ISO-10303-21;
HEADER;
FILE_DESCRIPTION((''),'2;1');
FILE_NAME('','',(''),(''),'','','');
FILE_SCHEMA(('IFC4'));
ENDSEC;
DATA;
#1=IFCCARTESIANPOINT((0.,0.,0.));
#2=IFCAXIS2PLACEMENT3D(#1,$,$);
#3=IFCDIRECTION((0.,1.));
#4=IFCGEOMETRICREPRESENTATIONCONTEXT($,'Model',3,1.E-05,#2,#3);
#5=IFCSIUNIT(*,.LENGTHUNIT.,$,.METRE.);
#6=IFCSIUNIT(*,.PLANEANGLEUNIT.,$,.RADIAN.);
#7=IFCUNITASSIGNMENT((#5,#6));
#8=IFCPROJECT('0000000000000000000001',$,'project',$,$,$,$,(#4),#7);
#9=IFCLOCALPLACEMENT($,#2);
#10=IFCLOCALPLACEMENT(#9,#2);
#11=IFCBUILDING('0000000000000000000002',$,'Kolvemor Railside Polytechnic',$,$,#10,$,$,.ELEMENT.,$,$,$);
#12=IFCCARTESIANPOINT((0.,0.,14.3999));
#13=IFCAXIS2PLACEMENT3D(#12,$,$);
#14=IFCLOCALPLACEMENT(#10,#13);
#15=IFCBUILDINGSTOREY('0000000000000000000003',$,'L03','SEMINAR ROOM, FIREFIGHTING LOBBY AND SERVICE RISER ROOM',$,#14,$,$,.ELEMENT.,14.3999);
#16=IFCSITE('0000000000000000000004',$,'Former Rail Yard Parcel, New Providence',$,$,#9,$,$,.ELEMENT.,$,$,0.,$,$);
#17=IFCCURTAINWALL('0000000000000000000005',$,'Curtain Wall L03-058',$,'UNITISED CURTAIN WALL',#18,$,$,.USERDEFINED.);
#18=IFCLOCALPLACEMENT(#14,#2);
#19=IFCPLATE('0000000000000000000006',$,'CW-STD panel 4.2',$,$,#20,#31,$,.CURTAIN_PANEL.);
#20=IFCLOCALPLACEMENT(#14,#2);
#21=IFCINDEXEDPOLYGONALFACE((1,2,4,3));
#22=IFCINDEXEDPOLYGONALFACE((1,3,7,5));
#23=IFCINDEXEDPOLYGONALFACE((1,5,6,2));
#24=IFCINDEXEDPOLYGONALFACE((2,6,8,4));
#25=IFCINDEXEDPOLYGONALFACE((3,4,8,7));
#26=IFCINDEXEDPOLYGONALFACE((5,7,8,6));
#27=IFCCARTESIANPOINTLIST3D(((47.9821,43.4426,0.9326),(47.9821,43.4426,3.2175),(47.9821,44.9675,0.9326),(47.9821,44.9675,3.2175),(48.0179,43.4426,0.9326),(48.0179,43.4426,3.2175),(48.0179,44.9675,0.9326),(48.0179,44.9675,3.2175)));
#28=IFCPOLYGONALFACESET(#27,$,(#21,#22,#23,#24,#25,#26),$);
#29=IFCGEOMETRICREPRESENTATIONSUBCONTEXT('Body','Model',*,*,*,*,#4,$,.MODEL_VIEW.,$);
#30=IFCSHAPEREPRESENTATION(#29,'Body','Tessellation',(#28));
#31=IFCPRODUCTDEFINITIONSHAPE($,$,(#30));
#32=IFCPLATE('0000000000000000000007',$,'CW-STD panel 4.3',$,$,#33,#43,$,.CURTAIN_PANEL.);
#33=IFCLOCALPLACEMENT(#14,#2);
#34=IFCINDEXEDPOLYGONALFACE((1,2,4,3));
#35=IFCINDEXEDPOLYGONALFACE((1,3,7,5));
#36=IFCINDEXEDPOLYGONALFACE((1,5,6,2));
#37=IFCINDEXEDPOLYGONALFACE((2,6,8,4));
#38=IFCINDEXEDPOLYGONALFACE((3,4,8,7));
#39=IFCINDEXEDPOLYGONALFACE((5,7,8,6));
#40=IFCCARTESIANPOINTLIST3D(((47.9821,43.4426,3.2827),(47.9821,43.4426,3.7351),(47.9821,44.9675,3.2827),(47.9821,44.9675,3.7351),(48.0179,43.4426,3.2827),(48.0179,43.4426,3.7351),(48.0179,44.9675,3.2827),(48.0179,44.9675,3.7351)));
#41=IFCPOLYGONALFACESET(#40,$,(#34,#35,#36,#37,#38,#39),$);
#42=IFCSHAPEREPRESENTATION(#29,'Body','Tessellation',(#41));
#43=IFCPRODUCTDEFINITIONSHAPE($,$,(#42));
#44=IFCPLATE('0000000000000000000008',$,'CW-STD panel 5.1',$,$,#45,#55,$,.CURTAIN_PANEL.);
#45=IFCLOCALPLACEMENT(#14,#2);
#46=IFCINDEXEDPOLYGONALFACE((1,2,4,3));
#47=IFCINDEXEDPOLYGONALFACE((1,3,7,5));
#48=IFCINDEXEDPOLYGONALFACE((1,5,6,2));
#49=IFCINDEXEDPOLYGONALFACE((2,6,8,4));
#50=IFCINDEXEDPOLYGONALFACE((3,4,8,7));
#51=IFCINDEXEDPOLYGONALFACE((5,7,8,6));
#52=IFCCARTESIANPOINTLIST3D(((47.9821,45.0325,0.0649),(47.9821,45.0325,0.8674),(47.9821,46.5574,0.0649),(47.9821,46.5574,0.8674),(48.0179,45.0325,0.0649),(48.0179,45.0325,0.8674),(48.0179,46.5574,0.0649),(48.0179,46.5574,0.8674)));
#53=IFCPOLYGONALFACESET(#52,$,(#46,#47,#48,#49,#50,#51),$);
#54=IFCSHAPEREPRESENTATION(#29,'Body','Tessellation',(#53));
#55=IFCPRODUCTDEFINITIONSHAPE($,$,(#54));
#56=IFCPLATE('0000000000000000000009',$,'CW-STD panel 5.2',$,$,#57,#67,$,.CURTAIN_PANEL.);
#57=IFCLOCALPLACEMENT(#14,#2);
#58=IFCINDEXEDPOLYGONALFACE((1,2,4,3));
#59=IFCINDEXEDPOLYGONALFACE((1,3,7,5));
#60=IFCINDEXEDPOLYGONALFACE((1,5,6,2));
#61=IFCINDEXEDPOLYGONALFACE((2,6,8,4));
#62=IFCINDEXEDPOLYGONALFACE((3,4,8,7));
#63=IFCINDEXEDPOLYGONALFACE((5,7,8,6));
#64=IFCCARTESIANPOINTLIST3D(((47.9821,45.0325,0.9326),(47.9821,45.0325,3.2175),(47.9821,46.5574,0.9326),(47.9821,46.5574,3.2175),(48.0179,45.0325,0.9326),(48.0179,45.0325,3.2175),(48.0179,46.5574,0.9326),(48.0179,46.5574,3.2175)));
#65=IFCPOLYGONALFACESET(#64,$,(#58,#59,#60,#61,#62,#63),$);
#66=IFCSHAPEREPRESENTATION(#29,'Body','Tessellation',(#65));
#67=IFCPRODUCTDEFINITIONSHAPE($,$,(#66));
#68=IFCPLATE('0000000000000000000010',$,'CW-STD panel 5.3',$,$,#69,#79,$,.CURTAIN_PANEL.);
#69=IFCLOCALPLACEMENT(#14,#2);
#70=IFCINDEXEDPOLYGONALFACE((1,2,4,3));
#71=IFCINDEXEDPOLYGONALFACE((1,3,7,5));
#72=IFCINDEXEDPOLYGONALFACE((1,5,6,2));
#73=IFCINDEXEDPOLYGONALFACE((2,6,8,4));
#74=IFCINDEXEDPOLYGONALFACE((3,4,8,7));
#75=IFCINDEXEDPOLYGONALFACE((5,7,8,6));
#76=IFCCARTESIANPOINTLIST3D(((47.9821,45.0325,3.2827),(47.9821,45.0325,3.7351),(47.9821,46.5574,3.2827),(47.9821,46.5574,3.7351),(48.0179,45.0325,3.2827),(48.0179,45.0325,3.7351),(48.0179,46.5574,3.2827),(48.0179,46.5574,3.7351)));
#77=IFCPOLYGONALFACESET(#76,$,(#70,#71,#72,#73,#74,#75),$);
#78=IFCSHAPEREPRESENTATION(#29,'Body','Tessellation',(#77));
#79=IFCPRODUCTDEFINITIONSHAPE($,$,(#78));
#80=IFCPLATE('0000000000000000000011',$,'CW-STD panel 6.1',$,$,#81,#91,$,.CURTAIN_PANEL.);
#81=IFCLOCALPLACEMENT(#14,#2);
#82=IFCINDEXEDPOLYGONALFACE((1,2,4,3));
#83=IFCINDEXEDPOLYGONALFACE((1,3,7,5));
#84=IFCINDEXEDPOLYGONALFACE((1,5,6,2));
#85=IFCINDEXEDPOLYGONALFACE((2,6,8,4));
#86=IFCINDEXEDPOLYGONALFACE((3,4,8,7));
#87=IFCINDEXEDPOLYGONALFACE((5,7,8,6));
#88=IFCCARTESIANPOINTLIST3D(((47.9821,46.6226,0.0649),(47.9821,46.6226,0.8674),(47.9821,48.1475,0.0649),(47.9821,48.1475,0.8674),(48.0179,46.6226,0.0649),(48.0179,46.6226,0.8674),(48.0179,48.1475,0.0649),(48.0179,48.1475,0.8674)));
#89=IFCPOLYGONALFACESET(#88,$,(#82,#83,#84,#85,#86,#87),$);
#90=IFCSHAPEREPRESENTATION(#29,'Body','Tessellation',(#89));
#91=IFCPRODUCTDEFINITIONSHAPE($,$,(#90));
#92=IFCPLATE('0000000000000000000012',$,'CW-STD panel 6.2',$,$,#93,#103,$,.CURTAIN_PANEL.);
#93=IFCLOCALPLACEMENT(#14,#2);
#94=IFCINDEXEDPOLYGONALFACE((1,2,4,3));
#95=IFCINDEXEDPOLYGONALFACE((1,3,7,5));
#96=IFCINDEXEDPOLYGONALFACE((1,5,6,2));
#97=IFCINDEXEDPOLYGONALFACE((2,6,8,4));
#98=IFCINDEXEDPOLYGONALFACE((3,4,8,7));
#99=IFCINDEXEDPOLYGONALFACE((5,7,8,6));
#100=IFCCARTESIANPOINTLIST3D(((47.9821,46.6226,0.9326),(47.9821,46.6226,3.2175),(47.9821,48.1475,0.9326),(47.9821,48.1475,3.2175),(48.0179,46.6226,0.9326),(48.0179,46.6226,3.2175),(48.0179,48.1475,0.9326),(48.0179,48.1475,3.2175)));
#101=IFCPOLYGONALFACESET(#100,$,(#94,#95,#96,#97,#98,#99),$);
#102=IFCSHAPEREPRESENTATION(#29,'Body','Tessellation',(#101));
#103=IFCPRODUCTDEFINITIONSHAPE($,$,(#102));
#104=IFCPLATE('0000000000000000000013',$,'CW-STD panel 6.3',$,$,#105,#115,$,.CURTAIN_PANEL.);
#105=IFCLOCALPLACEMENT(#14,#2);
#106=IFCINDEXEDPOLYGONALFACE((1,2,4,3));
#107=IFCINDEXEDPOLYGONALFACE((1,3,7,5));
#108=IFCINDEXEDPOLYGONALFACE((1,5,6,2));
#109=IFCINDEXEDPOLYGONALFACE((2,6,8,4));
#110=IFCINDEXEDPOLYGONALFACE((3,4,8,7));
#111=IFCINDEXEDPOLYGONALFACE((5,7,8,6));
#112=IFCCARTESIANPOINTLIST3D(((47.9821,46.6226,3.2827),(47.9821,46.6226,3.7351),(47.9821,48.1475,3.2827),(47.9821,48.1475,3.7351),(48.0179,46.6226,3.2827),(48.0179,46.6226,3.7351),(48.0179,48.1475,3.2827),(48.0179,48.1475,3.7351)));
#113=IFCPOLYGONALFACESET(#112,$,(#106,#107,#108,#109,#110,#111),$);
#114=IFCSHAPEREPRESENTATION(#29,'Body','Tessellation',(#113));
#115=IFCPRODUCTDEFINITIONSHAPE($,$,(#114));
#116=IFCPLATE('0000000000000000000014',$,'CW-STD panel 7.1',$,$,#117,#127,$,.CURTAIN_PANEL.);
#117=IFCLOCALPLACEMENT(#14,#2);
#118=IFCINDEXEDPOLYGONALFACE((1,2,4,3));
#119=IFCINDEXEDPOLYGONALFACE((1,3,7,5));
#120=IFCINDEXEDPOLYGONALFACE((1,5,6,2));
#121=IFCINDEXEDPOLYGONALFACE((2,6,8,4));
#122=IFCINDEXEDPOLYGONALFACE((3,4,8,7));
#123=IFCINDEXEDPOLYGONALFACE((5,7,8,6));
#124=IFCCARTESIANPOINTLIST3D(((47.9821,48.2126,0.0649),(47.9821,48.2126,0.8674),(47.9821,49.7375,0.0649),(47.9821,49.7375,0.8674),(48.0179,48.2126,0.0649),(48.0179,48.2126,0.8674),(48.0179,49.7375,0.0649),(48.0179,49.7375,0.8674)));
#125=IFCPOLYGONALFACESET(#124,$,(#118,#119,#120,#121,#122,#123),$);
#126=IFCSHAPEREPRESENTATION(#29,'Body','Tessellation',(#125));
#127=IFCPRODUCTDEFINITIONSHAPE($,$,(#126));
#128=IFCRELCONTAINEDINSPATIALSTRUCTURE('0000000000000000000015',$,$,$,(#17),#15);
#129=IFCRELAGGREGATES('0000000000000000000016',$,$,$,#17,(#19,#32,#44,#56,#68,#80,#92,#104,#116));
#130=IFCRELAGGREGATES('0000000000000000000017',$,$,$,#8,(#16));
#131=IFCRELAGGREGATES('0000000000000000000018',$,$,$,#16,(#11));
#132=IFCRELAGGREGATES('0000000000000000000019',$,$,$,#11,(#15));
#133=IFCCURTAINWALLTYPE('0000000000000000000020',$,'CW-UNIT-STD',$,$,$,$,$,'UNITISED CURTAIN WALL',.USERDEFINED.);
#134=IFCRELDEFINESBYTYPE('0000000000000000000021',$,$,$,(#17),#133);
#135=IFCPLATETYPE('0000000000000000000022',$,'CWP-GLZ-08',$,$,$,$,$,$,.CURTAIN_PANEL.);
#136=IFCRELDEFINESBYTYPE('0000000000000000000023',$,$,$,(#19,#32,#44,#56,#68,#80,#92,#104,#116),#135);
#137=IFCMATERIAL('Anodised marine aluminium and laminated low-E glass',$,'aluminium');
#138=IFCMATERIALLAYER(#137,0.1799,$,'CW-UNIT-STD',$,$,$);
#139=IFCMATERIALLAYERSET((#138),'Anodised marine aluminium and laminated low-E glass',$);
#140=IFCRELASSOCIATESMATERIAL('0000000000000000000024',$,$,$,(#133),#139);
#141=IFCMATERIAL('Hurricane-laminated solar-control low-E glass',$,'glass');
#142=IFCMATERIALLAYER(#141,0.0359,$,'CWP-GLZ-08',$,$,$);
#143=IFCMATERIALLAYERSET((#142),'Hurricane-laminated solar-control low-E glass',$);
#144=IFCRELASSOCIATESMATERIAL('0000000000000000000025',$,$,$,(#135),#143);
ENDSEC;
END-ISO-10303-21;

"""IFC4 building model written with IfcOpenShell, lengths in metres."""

from ifc_helpers import new_model, si_unit, direction, frame, origin, origin_2d, place, context, subcontext, project, spatial, rectangle, extrude, material, layer, layer_set, type_object, element, aggregate, save


model = new_model("IFC4")

# Units and contexts
model_context = context("Model", 3, precision=1e-05, world=origin(), true_north=direction((0.0, 1.0)))
body_context = subcontext(model_context, "Body", "Model", "MODEL_VIEW")
ifc_project = project(units=[si_unit("LENGTHUNIT", "METRE"), si_unit("PLANEANGLEUNIT", "RADIAN")], contexts=[model_context])

# Site, building, storey
site_placement = place(None, origin())
site = spatial("IfcSite", under=ifc_project, at=site_placement, Name="Former Rail Yard Parcel, New Providence", CompositionType="ELEMENT", RefElevation=0.0)
building_placement = place(site_placement, origin())
building = spatial("IfcBuilding", under=site, at=building_placement, Name="Kolvemor Railside Polytechnic", CompositionType="ELEMENT")
storey_placement = place(building_placement, frame((0.0, 0.0, 14.3999)))
storey = spatial("IfcBuildingStorey", under=building, at=storey_placement, Name="L03", Description="SEMINAR ROOM, FIREFIGHTING LOBBY AND SERVICE RISER ROOM", CompositionType="ELEMENT", Elevation=14.3999)

# Curtain wall, plates
ifc_material_1 = material(Name="Anodised marine aluminium and laminated low-E glass", Category="aluminium")
ifc_layer_1 = layer(ifc_material_1, 0.1799, Name="CW-UNIT-STD")
ifc_layer_set_1 = layer_set([ifc_layer_1], Name="Anodised marine aluminium and laminated low-E glass")
curtain_wall_type = type_object("IfcCurtainWallType", Name="CW-UNIT-STD", ElementType="UNITISED CURTAIN WALL", PredefinedType="USERDEFINED", material=ifc_layer_set_1)
curtain_wall_placement = place(storey_placement, origin())
curtain_wall = element("IfcCurtainWall", 1, at=curtain_wall_placement, inside=storey, type_object=curtain_wall_type, Name="Curtain Wall L03-058", ObjectType="UNITISED CURTAIN WALL", PredefinedType="USERDEFINED")
ifc_material_2 = material(Name="Hurricane-laminated solar-control low-E glass", Category="glass")
ifc_layer_2 = layer(ifc_material_2, 0.0359, Name="CWP-GLZ-08")
ifc_layer_set_2 = layer_set([ifc_layer_2], Name="Hurricane-laminated solar-control low-E glass")
plate_type = type_object("IfcPlateType", Name="CWP-GLZ-08", PredefinedType="CURTAIN_PANEL", material=ifc_layer_set_2)
plate_1_placement = place(storey_placement, frame((48.0, 44.2051, 0.9326), z_axis=(0.0, 0.0, 1.0), x_axis=(0.0, 1.0, 0.0)))
plate_1 = element("IfcPlate", 2, at=plate_1_placement, type_object=plate_type, Name="CW-STD panel 4.2", PredefinedType="CURTAIN_PANEL", context=body_context, shape_type="SweptSolid", body=[
    extrude(rectangle(XDim=1.5249, YDim=0.0359, at=origin_2d()), origin(), (0.0, 0.0, 1.0), 2.2849),
])
plate_2_placement = place(storey_placement, frame((48.0, 44.2051, 3.2827), z_axis=(0.0, 0.0, 1.0), x_axis=(0.0, 1.0, 0.0)))
plate_2 = element("IfcPlate", 3, at=plate_2_placement, type_object=plate_type, Name="CW-STD panel 4.3", PredefinedType="CURTAIN_PANEL", context=body_context, shape_type="SweptSolid", body=[
    extrude(rectangle(XDim=1.5249, YDim=0.0359, at=origin_2d()), origin(), (0.0, 0.0, 1.0), 0.4524),
])
plate_3_placement = place(storey_placement, frame((48.0, 45.7949, 0.0649), z_axis=(0.0, 0.0, 1.0), x_axis=(0.0, 1.0, 0.0)))
plate_3 = element("IfcPlate", 4, at=plate_3_placement, type_object=plate_type, Name="CW-STD panel 5.1", PredefinedType="CURTAIN_PANEL", context=body_context, shape_type="SweptSolid", body=[
    extrude(rectangle(XDim=1.5249, YDim=0.0359, at=origin_2d()), origin(), (0.0, 0.0, 1.0), 0.8025),
])
plate_4_placement = place(storey_placement, frame((48.0, 45.7949, 0.9326), z_axis=(0.0, 0.0, 1.0), x_axis=(0.0, 1.0, 0.0)))
plate_4 = element("IfcPlate", 5, at=plate_4_placement, type_object=plate_type, Name="CW-STD panel 5.2", PredefinedType="CURTAIN_PANEL", context=body_context, shape_type="SweptSolid", body=[
    extrude(rectangle(XDim=1.5249, YDim=0.0359, at=origin_2d()), origin(), (0.0, 0.0, 1.0), 2.2849),
])
plate_5_placement = place(storey_placement, frame((48.0, 45.7949, 3.2827), z_axis=(0.0, 0.0, 1.0), x_axis=(0.0, 1.0, 0.0)))
plate_5 = element("IfcPlate", 6, at=plate_5_placement, type_object=plate_type, Name="CW-STD panel 5.3", PredefinedType="CURTAIN_PANEL", context=body_context, shape_type="SweptSolid", body=[
    extrude(rectangle(XDim=1.5249, YDim=0.0359, at=origin_2d()), origin(), (0.0, 0.0, 1.0), 0.4524),
])
plate_6_placement = place(storey_placement, frame((48.0, 47.385, 0.0649), z_axis=(0.0, 0.0, 1.0), x_axis=(0.0, 1.0, 0.0)))
plate_6 = element("IfcPlate", 7, at=plate_6_placement, type_object=plate_type, Name="CW-STD panel 6.1", PredefinedType="CURTAIN_PANEL", context=body_context, shape_type="SweptSolid", body=[
    extrude(rectangle(XDim=1.5249, YDim=0.0359, at=origin_2d()), origin(), (0.0, 0.0, 1.0), 0.8025),
])
plate_7_placement = place(storey_placement, frame((48.0, 47.385, 0.9326), z_axis=(0.0, 0.0, 1.0), x_axis=(0.0, 1.0, 0.0)))
plate_7 = element("IfcPlate", 8, at=plate_7_placement, type_object=plate_type, Name="CW-STD panel 6.2", PredefinedType="CURTAIN_PANEL", context=body_context, shape_type="SweptSolid", body=[
    extrude(rectangle(XDim=1.5249, YDim=0.0359, at=origin_2d()), origin(), (0.0, 0.0, 1.0), 2.2849),
])
plate_8_placement = place(storey_placement, frame((48.0, 47.385, 3.2827), z_axis=(0.0, 0.0, 1.0), x_axis=(0.0, 1.0, 0.0)))
plate_8 = element("IfcPlate", 9, at=plate_8_placement, type_object=plate_type, Name="CW-STD panel 6.3", PredefinedType="CURTAIN_PANEL", context=body_context, shape_type="SweptSolid", body=[
    extrude(rectangle(XDim=1.5249, YDim=0.0359, at=origin_2d()), origin(), (0.0, 0.0, 1.0), 0.4524),
])
plate_9_placement = place(storey_placement, frame((48.0, 48.9751, 0.0649), z_axis=(0.0, 0.0, 1.0), x_axis=(0.0, 1.0, 0.0)))
plate_9 = element("IfcPlate", 10, at=plate_9_placement, type_object=plate_type, Name="CW-STD panel 7.1", PredefinedType="CURTAIN_PANEL", context=body_context, shape_type="SweptSolid", body=[
    extrude(rectangle(XDim=1.5249, YDim=0.0359, at=origin_2d()), origin(), (0.0, 0.0, 1.0), 0.8025),
])
aggregate(curtain_wall, [plate_1, plate_2, plate_3, plate_4, plate_5, plate_6, plate_7, plate_8, plate_9])

save(model, "model.ifc")
